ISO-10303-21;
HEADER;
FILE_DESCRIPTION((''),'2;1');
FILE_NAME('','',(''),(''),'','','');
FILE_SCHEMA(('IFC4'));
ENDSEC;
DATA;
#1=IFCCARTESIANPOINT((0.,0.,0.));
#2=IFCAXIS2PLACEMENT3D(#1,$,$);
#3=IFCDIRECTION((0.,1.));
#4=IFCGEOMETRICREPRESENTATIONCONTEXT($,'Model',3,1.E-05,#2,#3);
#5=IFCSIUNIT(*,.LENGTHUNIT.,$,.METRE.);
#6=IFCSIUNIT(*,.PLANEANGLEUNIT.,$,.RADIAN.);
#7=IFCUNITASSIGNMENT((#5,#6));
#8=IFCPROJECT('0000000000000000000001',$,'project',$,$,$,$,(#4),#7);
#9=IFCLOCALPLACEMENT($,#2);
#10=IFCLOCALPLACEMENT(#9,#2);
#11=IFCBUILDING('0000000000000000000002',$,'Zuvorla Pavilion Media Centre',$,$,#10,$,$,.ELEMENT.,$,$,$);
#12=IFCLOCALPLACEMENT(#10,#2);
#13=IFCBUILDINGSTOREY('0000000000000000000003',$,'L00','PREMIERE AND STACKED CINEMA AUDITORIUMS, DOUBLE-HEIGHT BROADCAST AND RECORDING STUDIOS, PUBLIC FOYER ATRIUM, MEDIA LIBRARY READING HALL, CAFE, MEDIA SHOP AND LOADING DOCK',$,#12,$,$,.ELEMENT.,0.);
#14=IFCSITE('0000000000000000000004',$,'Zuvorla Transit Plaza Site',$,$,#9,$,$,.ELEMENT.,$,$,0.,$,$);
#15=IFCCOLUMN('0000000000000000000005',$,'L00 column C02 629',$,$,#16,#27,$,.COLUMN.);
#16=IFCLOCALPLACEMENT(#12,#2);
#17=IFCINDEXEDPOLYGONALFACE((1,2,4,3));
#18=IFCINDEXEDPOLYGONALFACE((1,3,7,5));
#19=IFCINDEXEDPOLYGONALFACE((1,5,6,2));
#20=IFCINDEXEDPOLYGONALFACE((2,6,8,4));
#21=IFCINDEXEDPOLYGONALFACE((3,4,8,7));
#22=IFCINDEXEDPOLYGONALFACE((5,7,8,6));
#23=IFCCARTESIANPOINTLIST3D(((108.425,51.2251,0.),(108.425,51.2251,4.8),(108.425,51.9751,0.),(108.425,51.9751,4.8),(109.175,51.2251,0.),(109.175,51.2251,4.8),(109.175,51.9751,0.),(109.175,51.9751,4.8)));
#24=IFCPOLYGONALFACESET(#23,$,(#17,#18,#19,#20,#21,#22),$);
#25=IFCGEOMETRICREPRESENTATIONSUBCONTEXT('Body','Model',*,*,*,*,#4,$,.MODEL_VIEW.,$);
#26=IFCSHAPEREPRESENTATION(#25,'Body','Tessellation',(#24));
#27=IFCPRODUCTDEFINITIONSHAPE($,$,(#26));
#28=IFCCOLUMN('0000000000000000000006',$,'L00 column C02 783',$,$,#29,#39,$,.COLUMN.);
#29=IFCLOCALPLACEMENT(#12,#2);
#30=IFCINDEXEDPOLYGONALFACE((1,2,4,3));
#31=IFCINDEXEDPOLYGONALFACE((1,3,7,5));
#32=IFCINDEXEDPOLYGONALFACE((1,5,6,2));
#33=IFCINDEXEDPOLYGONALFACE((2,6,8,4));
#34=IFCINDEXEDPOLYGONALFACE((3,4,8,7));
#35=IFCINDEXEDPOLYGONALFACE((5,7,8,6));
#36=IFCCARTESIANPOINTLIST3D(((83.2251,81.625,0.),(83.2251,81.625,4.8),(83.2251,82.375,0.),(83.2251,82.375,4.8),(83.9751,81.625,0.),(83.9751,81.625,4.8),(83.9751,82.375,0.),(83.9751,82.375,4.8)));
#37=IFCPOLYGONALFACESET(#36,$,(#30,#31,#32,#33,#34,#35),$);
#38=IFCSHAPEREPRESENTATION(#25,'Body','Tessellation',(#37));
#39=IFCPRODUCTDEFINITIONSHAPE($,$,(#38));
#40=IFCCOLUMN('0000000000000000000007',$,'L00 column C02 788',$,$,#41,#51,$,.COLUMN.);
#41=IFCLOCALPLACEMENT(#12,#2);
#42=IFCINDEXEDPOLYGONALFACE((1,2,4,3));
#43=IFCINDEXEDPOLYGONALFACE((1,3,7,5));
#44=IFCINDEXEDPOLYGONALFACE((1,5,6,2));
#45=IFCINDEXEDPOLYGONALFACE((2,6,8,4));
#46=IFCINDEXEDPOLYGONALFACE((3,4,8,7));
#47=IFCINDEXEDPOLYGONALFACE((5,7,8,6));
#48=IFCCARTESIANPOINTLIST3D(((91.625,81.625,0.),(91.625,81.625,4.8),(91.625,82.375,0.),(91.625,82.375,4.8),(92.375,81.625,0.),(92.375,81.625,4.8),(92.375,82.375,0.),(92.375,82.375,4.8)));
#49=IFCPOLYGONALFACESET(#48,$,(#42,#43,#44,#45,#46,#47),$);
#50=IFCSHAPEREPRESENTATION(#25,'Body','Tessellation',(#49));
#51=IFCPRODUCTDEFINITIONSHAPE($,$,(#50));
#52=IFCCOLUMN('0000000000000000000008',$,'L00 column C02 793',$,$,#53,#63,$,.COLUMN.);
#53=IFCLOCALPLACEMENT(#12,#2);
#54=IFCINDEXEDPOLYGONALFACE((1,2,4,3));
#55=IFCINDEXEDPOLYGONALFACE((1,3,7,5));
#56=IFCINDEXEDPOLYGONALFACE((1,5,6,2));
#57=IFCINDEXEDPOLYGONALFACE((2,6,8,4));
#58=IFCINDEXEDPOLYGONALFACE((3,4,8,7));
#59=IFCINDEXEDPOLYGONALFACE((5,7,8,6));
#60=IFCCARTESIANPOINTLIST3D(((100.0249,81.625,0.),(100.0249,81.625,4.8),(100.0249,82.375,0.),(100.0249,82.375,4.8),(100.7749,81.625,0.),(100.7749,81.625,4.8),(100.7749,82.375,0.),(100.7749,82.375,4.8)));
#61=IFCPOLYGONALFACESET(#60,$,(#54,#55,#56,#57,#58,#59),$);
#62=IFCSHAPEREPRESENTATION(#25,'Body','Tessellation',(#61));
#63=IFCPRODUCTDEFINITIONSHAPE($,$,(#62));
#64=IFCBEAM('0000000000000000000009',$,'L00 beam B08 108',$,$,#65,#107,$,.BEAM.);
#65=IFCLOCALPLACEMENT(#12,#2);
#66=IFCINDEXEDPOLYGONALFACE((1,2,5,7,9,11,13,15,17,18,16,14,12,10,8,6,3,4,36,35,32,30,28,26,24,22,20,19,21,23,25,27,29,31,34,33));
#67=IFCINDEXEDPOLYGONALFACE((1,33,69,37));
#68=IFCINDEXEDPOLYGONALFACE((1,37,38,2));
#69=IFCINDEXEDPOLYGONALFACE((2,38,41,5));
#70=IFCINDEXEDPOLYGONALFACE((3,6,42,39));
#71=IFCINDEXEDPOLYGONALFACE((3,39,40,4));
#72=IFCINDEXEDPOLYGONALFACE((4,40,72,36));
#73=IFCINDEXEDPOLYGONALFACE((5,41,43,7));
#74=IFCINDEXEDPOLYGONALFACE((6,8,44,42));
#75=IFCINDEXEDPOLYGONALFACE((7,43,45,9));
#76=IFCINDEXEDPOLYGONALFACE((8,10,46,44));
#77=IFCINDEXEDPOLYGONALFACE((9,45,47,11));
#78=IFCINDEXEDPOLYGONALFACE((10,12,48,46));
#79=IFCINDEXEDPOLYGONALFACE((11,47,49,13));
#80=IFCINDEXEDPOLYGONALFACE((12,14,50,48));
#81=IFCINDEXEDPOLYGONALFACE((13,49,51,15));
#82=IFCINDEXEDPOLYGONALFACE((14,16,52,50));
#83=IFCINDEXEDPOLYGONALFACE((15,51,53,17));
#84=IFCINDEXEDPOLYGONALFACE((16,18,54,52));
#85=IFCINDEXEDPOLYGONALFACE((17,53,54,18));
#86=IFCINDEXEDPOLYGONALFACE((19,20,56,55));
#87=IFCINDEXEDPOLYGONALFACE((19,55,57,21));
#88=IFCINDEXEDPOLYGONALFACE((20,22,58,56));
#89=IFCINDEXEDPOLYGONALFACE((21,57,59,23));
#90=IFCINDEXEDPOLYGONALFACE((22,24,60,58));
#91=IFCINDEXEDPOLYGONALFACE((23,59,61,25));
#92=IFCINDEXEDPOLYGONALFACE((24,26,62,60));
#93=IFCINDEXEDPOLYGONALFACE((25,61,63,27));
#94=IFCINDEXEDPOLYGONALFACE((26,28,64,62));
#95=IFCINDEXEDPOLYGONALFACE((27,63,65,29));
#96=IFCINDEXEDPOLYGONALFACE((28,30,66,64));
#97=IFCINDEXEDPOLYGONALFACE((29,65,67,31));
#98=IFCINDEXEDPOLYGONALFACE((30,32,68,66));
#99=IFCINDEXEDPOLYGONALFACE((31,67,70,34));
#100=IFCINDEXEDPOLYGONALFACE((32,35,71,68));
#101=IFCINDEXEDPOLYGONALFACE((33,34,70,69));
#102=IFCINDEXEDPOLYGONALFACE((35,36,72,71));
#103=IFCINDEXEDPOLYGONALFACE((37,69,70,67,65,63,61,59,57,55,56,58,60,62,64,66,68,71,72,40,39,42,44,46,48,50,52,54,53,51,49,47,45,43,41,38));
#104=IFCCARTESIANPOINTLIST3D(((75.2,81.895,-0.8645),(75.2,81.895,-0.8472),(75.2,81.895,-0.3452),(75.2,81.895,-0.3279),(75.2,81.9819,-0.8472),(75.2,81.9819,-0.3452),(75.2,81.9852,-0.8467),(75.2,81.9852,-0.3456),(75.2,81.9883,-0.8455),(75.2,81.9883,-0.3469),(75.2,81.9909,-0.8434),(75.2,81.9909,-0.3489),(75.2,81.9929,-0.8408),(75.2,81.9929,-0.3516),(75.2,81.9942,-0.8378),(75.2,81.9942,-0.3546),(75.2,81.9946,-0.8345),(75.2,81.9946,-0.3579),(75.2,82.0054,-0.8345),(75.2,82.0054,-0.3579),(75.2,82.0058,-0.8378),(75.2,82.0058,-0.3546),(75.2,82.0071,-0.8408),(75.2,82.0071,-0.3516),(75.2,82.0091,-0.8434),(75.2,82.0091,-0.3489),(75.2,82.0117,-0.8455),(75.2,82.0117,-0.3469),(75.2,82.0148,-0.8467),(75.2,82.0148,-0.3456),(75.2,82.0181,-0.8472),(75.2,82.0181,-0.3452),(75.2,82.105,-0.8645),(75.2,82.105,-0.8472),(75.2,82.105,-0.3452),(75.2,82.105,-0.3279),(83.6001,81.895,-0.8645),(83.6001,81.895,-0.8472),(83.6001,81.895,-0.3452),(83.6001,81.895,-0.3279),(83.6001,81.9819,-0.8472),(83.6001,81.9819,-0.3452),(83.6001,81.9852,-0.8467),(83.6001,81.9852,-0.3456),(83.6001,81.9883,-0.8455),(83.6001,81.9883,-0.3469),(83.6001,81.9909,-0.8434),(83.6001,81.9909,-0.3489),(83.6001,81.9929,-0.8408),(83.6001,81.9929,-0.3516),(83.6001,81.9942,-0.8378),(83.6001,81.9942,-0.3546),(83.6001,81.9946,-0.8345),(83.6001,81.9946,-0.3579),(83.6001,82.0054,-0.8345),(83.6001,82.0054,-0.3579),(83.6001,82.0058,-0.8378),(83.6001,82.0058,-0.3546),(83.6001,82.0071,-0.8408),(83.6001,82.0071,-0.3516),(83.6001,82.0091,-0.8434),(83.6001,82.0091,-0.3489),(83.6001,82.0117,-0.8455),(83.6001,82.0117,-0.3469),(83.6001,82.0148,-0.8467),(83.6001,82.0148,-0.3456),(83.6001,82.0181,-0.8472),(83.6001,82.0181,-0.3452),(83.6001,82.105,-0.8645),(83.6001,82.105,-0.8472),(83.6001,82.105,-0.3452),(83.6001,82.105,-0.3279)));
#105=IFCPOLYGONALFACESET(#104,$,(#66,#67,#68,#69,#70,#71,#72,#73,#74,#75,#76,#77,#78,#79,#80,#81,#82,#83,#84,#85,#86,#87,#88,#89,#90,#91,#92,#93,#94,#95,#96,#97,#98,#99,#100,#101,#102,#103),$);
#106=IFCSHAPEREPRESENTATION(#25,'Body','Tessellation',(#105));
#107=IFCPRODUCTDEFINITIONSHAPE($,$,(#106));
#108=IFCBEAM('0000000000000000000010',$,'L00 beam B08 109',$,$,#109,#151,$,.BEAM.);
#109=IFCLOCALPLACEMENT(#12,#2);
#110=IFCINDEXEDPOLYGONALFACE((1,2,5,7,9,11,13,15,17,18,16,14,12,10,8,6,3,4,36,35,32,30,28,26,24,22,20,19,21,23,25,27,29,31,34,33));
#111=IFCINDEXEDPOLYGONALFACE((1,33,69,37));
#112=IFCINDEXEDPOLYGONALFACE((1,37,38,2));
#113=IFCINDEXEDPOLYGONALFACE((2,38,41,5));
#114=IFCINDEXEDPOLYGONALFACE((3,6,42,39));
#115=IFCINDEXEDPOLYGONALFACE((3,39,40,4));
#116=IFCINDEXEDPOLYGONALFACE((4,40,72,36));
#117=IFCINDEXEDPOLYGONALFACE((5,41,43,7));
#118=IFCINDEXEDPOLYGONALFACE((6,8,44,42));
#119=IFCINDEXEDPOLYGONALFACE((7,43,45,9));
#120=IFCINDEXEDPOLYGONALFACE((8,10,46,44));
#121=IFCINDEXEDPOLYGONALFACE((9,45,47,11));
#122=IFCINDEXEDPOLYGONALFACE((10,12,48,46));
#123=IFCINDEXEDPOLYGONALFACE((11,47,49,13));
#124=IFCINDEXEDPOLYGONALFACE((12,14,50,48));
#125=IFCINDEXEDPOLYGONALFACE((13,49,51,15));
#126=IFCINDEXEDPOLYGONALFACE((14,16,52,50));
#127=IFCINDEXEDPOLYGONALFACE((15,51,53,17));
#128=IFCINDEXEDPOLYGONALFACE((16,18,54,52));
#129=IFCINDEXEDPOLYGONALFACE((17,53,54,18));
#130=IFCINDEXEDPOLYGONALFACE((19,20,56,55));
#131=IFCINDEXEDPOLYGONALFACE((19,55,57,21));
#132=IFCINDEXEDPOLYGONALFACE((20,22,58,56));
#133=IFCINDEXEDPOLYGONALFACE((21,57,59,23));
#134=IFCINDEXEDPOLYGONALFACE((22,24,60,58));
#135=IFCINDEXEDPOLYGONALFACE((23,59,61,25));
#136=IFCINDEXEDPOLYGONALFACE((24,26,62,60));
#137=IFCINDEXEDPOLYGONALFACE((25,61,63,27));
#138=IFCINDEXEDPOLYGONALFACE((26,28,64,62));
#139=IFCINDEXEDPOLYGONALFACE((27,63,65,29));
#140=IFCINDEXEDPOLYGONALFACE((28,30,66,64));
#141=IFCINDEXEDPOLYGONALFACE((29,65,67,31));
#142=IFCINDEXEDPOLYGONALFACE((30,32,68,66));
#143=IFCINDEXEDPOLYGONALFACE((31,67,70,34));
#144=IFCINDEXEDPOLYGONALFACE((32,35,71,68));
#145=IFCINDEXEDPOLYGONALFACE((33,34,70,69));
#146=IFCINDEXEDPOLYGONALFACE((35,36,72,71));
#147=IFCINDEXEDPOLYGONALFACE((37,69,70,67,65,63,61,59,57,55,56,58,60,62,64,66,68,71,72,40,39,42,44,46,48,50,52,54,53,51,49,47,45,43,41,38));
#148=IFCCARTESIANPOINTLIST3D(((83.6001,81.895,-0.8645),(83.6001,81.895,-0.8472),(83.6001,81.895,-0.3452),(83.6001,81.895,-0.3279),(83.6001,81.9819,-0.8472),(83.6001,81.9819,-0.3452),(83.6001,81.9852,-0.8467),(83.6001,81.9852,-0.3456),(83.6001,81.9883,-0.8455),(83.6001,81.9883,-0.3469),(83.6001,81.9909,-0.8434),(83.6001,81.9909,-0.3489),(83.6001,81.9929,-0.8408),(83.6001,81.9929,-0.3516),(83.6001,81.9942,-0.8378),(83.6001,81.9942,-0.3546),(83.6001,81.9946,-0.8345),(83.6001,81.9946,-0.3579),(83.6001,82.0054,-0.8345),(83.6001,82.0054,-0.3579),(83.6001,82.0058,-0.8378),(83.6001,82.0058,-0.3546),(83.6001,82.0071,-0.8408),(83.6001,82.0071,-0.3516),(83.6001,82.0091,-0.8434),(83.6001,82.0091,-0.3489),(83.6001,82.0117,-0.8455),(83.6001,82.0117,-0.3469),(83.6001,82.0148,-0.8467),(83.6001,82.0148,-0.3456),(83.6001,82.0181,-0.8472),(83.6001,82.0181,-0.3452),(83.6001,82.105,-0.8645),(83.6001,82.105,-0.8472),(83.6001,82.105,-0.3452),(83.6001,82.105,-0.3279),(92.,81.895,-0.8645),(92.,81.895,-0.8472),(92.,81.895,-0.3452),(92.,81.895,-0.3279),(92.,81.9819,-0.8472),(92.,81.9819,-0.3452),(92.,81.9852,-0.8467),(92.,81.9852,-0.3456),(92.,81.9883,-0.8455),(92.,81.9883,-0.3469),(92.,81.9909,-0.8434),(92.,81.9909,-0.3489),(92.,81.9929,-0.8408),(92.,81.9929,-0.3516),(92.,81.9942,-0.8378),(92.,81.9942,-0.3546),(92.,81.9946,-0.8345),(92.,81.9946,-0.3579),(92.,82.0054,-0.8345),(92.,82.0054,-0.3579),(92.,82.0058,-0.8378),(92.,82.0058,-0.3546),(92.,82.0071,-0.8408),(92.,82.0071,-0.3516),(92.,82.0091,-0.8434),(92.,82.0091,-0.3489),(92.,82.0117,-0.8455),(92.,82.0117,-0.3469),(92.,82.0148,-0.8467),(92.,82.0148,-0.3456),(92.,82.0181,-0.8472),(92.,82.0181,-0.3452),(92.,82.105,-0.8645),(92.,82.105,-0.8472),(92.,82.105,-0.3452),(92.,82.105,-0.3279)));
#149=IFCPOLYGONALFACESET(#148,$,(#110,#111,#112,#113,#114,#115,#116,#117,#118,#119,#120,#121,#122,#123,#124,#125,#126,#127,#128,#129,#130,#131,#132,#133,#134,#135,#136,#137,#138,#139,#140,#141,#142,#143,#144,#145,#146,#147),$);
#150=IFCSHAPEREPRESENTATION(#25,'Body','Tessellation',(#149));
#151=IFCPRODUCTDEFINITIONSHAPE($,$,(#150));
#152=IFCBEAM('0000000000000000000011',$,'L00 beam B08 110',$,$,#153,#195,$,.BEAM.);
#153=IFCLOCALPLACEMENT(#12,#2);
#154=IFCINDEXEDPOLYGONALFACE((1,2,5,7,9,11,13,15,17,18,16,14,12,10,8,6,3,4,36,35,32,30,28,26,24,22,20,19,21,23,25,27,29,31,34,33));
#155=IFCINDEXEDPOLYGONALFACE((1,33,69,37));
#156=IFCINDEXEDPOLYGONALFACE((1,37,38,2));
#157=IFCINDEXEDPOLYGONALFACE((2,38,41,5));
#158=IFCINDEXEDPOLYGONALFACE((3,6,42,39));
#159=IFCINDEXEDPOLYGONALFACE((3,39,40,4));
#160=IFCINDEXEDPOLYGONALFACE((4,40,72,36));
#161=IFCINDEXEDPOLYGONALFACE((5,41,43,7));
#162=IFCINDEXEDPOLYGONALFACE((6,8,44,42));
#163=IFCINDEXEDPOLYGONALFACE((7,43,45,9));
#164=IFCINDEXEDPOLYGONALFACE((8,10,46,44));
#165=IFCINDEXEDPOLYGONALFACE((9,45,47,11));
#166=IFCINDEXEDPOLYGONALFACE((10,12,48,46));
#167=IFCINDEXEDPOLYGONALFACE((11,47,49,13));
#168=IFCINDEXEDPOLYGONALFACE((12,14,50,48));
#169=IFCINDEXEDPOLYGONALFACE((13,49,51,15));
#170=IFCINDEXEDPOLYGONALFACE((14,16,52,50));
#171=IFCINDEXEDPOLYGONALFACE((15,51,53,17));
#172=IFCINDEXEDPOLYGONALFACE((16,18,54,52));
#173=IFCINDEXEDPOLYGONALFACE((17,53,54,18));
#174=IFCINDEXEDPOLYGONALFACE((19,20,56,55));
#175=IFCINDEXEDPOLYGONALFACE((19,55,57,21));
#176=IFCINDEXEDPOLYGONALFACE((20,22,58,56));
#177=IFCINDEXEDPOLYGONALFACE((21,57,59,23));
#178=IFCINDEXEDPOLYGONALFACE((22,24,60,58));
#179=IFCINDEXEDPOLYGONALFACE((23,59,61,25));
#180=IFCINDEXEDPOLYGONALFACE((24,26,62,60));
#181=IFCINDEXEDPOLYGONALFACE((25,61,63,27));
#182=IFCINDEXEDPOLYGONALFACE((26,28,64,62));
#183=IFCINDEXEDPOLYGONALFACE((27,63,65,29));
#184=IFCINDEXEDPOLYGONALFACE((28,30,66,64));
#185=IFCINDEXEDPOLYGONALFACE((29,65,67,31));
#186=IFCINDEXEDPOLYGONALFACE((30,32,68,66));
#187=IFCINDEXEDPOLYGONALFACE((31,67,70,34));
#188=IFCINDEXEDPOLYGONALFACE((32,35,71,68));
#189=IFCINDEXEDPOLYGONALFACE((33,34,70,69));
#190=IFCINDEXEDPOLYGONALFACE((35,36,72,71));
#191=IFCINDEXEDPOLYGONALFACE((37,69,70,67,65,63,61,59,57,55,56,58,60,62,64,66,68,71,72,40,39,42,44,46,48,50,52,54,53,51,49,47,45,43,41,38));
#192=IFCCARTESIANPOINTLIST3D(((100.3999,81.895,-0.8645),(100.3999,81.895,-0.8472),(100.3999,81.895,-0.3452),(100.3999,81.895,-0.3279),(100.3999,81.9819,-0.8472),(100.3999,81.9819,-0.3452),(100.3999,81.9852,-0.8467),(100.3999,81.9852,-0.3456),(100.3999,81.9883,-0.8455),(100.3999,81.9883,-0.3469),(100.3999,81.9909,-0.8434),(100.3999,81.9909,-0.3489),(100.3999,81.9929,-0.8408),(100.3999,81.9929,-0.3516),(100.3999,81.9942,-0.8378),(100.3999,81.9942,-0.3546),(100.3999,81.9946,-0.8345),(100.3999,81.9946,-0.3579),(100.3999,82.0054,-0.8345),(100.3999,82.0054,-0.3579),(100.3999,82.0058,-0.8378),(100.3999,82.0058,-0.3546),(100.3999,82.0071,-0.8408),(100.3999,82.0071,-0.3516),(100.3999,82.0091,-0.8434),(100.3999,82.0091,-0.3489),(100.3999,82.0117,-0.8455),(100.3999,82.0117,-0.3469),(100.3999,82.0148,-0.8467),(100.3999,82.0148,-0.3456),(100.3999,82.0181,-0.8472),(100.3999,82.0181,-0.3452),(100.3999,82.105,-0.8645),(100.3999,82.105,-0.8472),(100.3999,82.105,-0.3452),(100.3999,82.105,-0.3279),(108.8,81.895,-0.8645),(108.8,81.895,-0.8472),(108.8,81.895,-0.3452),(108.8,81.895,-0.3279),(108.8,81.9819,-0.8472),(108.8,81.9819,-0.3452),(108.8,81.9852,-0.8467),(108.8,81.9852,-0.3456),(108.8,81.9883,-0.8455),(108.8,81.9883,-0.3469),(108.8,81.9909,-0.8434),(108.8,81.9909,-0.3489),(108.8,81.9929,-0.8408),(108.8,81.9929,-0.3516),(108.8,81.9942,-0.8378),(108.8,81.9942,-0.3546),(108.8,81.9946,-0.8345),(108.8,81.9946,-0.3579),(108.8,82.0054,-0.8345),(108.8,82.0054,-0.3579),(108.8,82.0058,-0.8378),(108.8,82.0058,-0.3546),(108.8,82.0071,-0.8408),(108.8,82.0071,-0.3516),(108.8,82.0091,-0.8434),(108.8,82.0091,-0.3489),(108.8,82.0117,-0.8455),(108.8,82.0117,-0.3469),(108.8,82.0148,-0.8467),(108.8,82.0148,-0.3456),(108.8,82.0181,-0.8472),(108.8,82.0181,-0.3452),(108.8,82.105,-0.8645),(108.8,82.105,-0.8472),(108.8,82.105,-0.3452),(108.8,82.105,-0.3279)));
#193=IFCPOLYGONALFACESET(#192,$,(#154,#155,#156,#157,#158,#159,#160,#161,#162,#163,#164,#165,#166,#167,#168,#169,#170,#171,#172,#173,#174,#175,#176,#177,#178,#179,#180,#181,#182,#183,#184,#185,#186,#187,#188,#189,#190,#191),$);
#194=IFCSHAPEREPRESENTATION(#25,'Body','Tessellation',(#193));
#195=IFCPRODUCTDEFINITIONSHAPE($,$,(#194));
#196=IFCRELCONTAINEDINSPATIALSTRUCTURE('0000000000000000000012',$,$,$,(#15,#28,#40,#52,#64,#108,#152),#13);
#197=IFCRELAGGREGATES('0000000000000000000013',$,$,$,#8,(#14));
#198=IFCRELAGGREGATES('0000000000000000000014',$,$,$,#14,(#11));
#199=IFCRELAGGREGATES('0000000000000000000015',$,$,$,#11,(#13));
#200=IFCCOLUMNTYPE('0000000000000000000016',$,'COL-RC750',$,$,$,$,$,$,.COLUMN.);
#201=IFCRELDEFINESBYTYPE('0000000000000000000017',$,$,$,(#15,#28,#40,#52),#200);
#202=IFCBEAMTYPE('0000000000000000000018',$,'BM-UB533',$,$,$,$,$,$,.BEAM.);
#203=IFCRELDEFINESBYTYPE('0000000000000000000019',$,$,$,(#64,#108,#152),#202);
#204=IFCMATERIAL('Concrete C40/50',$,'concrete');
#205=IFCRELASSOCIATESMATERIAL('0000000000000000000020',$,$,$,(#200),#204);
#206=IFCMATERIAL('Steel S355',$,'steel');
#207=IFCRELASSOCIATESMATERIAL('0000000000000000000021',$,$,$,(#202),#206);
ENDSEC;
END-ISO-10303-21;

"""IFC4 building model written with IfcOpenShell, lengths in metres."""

from ifc_helpers import new_model, si_unit, direction, frame, origin, origin_2d, place, context, subcontext, project, spatial, rectangle, i_section, extrude, material, material_profile, profile_set, type_object, element, save


model = new_model("IFC4")

# Units and contexts
model_context = context("Model", 3, precision=1e-05, world=origin(), true_north=direction((0.0, 1.0)))
body_context = subcontext(model_context, "Body", "Model", "MODEL_VIEW")
ifc_project = project(units=[si_unit("LENGTHUNIT", "METRE"), si_unit("PLANEANGLEUNIT", "RADIAN")], contexts=[model_context])

# Site, building, storey
site_placement = place(None, origin())
site = spatial("IfcSite", under=ifc_project, at=site_placement, Name="Zuvorla Transit Plaza Site", CompositionType="ELEMENT", RefElevation=0.0)
building_placement = place(site_placement, origin())
building = spatial("IfcBuilding", under=site, at=building_placement, Name="Zuvorla Pavilion Media Centre", CompositionType="ELEMENT")
storey_placement = place(building_placement, origin())
storey = spatial("IfcBuildingStorey", under=building, at=storey_placement, Name="L00", Description="PREMIERE AND STACKED CINEMA AUDITORIUMS, DOUBLE-HEIGHT BROADCAST AND RECORDING STUDIOS, PUBLIC FOYER ATRIUM, MEDIA LIBRARY READING HALL, CAFE, MEDIA SHOP AND LOADING DOCK", CompositionType="ELEMENT", Elevation=0.0)

# Columns
ifc_material_1 = material(Name="Concrete C40/50", Category="concrete")
ifc_material_profile_1 = material_profile(ifc_material_1, rectangle(XDim=0.75, YDim=0.75, at=origin_2d()), Name="RC 750x750")
ifc_profile_set_1 = profile_set([ifc_material_profile_1], Name="Concrete C40/50")
column_type = type_object("IfcColumnType", Name="COL-RC750", PredefinedType="COLUMN", material=ifc_profile_set_1)
for number, where, z_axis, x_axis, name in (
    (1, (108.8, 51.6001, 0.0), (0.0, 0.0, 1.0), (1.0, 0.0, 0.0), "L00 column C02 629"),
    (2, (83.6001, 82.0, 0.0), (0.0, 0.0, 1.0), (1.0, 0.0, 0.0), "L00 column C02 783"),
    (3, (92.0, 82.0, 0.0), (0.0, 0.0, 1.0), (1.0, 0.0, 0.0), "L00 column C02 788"),
    (4, (100.3999, 82.0, 0.0), (0.0, 0.0, 1.0), (1.0, 0.0, 0.0), "L00 column C02 793"),
):
    element("IfcColumn", number, at=place(storey_placement, frame(where, z_axis=z_axis, x_axis=x_axis)), inside=storey, type_object=column_type, Name=name, PredefinedType="COLUMN", context=body_context, shape_type="SweptSolid", body=[
        extrude(rectangle(XDim=0.75, YDim=0.75, at=origin_2d()), origin(), (0.0, 0.0, 1.0), 4.8),
    ])

# Beams
ifc_material_2 = material(Name="Steel S355", Category="steel")
ifc_material_profile_2 = material_profile(ifc_material_2, i_section(OverallWidth=0.21, OverallDepth=0.5366, WebThickness=0.0107, FlangeThickness=0.0173, FilletRadius=0.0127, at=origin_2d()), Name="UB 533x210x101")
ifc_profile_set_2 = profile_set([ifc_material_profile_2], Name="Steel S355")
beam_type = type_object("IfcBeamType", Name="BM-UB533", PredefinedType="BEAM", material=ifc_profile_set_2)
beam_1_placement = place(storey_placement, frame((75.2, 82.0, -0.5962), z_axis=(1.0, 0.0, 0.0), x_axis=(0.0, 1.0, 0.0)))
element("IfcBeam", 5, at=beam_1_placement, inside=storey, type_object=beam_type, Name="L00 beam B08 108", PredefinedType="BEAM", context=body_context, shape_type="SweptSolid", body=[
    extrude(i_section(OverallWidth=0.21, OverallDepth=0.5366, WebThickness=0.0107, FlangeThickness=0.0173, FilletRadius=0.0127, at=origin_2d()), origin(), (0.0, 0.0, 1.0), 8.4001),
])
beam_2_placement = place(storey_placement, frame((83.6001, 82.0, -0.5962), z_axis=(1.0, 0.0, 0.0), x_axis=(0.0, 1.0, 0.0)))
element("IfcBeam", 6, at=beam_2_placement, inside=storey, type_object=beam_type, Name="L00 beam B08 109", PredefinedType="BEAM", context=body_context, shape_type="SweptSolid", body=[
    extrude(i_section(OverallWidth=0.21, OverallDepth=0.5366, WebThickness=0.0107, FlangeThickness=0.0173, FilletRadius=0.0127, at=origin_2d()), origin(), (0.0, 0.0, 1.0), 8.3999),
])
beam_3_placement = place(storey_placement, frame((100.3999, 82.0, -0.5962), z_axis=(1.0, 0.0, 0.0), x_axis=(0.0, 1.0, 0.0)))
element("IfcBeam", 7, at=beam_3_placement, inside=storey, type_object=beam_type, Name="L00 beam B08 110", PredefinedType="BEAM", context=body_context, shape_type="SweptSolid", body=[
    extrude(i_section(OverallWidth=0.21, OverallDepth=0.5366, WebThickness=0.0107, FlangeThickness=0.0173, FilletRadius=0.0127, at=origin_2d()), origin(), (0.0, 0.0, 1.0), 8.4001),
])

save(model, "model.ifc")
